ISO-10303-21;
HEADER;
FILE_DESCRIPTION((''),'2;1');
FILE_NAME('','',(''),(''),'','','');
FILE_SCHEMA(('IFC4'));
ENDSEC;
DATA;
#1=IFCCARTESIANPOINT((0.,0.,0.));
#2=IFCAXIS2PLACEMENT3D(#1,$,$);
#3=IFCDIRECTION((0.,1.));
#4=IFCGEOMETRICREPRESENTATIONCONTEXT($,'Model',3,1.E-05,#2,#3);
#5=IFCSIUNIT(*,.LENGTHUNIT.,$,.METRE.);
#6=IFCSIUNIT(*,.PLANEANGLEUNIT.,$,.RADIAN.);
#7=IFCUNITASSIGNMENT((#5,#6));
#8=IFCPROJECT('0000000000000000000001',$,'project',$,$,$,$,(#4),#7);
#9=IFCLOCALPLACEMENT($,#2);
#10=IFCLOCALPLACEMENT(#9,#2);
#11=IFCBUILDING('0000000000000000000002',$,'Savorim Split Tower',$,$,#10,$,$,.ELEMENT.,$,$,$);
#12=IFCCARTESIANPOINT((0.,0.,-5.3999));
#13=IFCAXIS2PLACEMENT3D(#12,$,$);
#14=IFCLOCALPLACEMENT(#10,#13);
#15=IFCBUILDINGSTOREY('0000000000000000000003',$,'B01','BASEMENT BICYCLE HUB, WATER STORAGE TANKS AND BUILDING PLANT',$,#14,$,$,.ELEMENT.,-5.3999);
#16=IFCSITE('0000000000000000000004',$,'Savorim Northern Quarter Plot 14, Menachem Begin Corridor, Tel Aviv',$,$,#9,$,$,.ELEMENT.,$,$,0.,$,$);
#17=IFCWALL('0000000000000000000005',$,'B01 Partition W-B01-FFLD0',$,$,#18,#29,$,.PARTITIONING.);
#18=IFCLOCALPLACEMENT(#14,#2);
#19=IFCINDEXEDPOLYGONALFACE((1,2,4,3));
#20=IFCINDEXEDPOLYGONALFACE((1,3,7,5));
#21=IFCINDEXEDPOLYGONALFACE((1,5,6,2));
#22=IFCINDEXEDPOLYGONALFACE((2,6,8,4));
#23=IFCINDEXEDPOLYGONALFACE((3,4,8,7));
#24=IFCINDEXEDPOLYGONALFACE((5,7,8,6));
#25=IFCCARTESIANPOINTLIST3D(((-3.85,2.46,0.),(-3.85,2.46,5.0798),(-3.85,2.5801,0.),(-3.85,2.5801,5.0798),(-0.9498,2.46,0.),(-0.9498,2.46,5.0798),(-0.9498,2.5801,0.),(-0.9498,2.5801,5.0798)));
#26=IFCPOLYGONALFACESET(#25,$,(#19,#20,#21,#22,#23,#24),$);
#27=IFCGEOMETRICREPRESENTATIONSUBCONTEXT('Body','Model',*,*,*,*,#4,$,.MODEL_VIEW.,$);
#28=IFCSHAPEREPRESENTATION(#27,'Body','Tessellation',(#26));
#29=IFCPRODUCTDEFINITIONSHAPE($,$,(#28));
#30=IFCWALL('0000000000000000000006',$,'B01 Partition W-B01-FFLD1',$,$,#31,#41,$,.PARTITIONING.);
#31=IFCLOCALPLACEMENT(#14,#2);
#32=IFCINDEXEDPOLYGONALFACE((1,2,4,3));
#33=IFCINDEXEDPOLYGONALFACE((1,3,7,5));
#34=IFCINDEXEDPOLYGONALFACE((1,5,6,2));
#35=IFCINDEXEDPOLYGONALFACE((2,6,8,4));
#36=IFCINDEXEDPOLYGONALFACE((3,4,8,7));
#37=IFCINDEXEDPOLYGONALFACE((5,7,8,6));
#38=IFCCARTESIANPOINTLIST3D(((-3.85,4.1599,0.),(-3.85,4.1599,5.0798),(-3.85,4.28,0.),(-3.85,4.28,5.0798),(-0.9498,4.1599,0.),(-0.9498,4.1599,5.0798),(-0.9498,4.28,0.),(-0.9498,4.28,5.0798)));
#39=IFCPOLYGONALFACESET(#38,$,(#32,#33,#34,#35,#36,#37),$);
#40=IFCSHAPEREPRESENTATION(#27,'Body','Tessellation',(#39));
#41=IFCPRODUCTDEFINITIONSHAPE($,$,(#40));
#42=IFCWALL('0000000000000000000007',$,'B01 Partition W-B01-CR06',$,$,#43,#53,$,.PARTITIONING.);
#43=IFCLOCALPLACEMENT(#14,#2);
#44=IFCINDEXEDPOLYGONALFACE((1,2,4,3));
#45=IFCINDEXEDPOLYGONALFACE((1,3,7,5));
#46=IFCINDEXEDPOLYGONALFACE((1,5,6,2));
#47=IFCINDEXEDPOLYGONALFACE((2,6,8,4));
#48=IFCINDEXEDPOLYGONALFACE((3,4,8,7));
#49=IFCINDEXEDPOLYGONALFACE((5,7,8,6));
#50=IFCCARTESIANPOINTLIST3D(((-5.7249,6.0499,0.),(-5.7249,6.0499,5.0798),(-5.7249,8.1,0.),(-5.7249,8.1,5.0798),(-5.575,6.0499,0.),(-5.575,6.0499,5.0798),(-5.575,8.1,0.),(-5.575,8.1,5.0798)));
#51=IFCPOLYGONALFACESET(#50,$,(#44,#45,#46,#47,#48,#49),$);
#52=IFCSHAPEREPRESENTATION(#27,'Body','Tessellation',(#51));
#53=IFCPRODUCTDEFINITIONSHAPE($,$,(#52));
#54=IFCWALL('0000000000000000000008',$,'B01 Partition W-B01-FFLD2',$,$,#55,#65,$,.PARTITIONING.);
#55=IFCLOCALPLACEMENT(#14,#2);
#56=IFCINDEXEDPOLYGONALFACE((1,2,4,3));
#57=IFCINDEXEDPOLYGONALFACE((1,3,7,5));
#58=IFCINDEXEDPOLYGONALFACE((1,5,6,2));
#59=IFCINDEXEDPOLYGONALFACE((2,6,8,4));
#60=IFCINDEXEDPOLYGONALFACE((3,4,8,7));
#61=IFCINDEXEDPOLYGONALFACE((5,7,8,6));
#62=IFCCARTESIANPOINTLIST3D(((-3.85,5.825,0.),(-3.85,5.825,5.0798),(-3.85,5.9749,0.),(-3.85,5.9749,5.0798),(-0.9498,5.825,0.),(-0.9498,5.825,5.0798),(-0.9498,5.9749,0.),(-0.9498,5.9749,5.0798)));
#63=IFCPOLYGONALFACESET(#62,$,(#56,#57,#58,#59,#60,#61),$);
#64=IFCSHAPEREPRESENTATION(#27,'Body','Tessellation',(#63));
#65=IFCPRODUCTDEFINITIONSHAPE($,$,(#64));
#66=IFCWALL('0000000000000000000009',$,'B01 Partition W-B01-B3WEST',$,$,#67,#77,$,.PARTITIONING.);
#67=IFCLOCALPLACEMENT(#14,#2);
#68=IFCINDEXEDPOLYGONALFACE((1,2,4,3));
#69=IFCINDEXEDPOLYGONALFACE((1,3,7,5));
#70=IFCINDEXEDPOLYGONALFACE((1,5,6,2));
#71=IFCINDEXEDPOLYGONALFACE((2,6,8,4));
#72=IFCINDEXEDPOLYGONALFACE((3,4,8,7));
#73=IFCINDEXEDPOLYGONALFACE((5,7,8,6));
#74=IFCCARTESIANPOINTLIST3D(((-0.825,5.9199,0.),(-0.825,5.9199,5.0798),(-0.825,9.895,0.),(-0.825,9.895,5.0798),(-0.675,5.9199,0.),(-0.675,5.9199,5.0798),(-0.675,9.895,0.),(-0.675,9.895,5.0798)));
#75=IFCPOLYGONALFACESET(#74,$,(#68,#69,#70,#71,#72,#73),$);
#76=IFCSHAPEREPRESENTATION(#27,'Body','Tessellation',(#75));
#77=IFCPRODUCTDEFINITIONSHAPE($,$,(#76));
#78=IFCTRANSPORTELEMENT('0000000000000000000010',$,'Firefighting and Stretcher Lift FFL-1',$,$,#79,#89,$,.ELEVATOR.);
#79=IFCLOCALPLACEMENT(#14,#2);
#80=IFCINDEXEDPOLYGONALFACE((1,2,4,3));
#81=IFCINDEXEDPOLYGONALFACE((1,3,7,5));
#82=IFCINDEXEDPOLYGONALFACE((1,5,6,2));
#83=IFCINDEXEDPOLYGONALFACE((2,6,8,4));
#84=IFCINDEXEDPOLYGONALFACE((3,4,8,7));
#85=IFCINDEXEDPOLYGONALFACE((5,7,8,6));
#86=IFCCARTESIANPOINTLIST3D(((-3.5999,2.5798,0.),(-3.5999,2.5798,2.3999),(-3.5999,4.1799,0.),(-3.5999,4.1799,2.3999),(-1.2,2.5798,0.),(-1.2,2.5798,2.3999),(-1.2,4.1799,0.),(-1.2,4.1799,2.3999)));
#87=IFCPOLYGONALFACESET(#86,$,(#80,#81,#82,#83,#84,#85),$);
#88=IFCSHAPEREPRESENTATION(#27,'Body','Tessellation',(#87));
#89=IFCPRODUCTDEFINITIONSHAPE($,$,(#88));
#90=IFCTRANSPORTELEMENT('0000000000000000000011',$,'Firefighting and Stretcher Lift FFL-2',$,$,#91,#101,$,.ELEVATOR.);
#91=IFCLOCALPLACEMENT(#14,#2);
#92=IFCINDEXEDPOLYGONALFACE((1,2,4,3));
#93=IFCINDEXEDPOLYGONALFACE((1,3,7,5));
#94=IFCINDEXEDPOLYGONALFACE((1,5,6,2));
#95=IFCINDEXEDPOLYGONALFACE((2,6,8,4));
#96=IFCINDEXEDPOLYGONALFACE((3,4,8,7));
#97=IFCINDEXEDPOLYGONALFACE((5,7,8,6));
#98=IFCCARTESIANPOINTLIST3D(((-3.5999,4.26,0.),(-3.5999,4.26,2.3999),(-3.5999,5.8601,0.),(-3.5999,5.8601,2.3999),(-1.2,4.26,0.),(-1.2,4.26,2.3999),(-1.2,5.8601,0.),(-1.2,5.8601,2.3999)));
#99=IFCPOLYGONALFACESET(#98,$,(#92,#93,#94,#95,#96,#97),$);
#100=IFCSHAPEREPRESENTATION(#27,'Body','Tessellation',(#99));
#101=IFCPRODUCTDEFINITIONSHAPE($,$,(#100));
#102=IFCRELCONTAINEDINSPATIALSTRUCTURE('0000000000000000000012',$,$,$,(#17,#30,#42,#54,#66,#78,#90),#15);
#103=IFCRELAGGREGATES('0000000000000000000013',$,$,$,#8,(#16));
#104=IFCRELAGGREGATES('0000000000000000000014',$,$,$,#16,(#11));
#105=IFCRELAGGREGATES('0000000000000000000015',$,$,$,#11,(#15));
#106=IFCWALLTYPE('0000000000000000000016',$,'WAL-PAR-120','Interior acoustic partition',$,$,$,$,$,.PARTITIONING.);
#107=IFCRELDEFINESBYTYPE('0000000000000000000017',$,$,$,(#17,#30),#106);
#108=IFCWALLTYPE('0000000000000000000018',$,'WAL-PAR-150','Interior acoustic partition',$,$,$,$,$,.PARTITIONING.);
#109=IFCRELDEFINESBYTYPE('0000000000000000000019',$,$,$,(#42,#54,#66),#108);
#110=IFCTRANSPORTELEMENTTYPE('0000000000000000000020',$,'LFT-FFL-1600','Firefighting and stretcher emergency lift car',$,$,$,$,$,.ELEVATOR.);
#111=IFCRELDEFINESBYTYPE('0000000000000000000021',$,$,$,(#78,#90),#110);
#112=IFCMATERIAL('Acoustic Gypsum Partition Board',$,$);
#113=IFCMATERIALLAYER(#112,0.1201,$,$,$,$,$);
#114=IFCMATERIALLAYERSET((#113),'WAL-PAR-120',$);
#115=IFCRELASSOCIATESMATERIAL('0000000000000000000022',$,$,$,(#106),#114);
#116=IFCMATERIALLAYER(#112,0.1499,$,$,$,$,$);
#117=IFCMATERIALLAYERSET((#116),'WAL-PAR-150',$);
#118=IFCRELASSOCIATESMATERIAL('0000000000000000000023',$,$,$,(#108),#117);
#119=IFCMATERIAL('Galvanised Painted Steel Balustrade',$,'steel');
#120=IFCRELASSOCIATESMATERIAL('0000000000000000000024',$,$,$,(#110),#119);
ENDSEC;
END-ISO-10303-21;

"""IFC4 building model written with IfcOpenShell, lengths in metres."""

from ifc_helpers import new_model, si_unit, direction, frame, frame_2d, origin, origin_2d, place, context, subcontext, project, spatial, rectangle, extrude, material, layer, layer_set, type_object, element, save


model = new_model("IFC4")

# Units and contexts
model_context = context("Model", 3, precision=1e-05, world=origin(), true_north=direction((0.0, 1.0)))
body_context = subcontext(model_context, "Body", "Model", "MODEL_VIEW")
ifc_project = project(units=[si_unit("LENGTHUNIT", "METRE"), si_unit("PLANEANGLEUNIT", "RADIAN")], contexts=[model_context])

# Site, building, storey
site_placement = place(None, origin())
site = spatial("IfcSite", under=ifc_project, at=site_placement, Name="Savorim Northern Quarter Plot 14, Menachem Begin Corridor, Tel Aviv", CompositionType="ELEMENT", RefElevation=0.0)
building_placement = place(site_placement, origin())
building = spatial("IfcBuilding", under=site, at=building_placement, Name="Savorim Split Tower", CompositionType="ELEMENT")
storey_placement = place(building_placement, frame((0.0, 0.0, -5.3999)))
storey = spatial("IfcBuildingStorey", under=building, at=storey_placement, Name="B01", Description="BASEMENT BICYCLE HUB, WATER STORAGE TANKS AND BUILDING PLANT", CompositionType="ELEMENT", Elevation=-5.3999)

# Shared definitions
ifc_material_1 = material(Name="Galvanised Painted Steel Balustrade", Category="steel")

# Walls
ifc_material_2 = material(Name="Acoustic Gypsum Partition Board")
ifc_layer_1 = layer(ifc_material_2, 0.1201)
ifc_layer_set_1 = layer_set([ifc_layer_1], Name="WAL-PAR-120")
wall_type_1 = type_object("IfcWallType", Name="WAL-PAR-120", Description="Interior acoustic partition", PredefinedType="PARTITIONING", material=ifc_layer_set_1)
for number, where, z_axis, x_axis, name in (
    (1, (-3.8501, 2.52, 0.0), (0.0, 0.0, 1.0), (1.0, 0.0, 0.0), "B01 Partition W-B01-FFLD0"),
    (2, (-3.8501, 4.22, 0.0), (0.0, 0.0, 1.0), (1.0, 0.0, 0.0), "B01 Partition W-B01-FFLD1"),
):
    element("IfcWall", number, at=place(storey_placement, frame(where, z_axis=z_axis, x_axis=x_axis)), inside=storey, type_object=wall_type_1, Name=name, PredefinedType="PARTITIONING", context=body_context, shape_type="SweptSolid", body=[
        extrude(rectangle(XDim=2.9001, YDim=0.1201, at=frame_2d((1.4502, 0.0))), origin(), (0.0, 0.0, 1.0), 5.0798),
    ])
ifc_layer_2 = layer(ifc_material_2, 0.1499)
ifc_layer_set_2 = layer_set([ifc_layer_2], Name="WAL-PAR-150")
wall_type_2 = type_object("IfcWallType", Name="WAL-PAR-150", Description="Interior acoustic partition", PredefinedType="PARTITIONING", material=ifc_layer_set_2)
wall_1_placement = place(storey_placement, frame((-5.6499, 6.05, 0.0), z_axis=(0.0, 0.0, 1.0), x_axis=(0.0, 1.0, 0.0)))
element("IfcWall", 3, at=wall_1_placement, inside=storey, type_object=wall_type_2, Name="B01 Partition W-B01-CR06", PredefinedType="PARTITIONING", context=body_context, shape_type="SweptSolid", body=[
    extrude(rectangle(XDim=2.05, YDim=0.1499, at=frame_2d((1.0249, 0.0))), origin(), (0.0, 0.0, 1.0), 5.0798),
])
wall_2_placement = place(storey_placement, frame((-3.8501, 5.8999, 0.0), z_axis=(0.0, 0.0, 1.0), x_axis=(1.0, 0.0, 0.0)))
element("IfcWall", 4, at=wall_2_placement, inside=storey, type_object=wall_type_2, Name="B01 Partition W-B01-FFLD2", PredefinedType="PARTITIONING", context=body_context, shape_type="SweptSolid", body=[
    extrude(rectangle(XDim=2.9001, YDim=0.1499, at=frame_2d((1.4502, 0.0))), origin(), (0.0, 0.0, 1.0), 5.0798),
])
wall_3_placement = place(storey_placement, frame((-0.75, 5.9199, 0.0), z_axis=(0.0, 0.0, 1.0), x_axis=(0.0, 1.0, 0.0)))
element("IfcWall", 5, at=wall_3_placement, inside=storey, type_object=wall_type_2, Name="B01 Partition W-B01-B3WEST", PredefinedType="PARTITIONING", context=body_context, shape_type="SweptSolid", body=[
    extrude(rectangle(XDim=3.9751, YDim=0.1499, at=frame_2d((1.9875, 0.0))), origin(), (0.0, 0.0, 1.0), 5.0798),
])

# Transport elements
transport_element_type = type_object("IfcTransportElementType", Name="LFT-FFL-1600", Description="Firefighting and stretcher emergency lift car", PredefinedType="ELEVATOR", material=ifc_material_1)
for number, where, z_axis, x_axis, name in (
    (6, (-2.3999, 3.3799, 0.0), (0.0, 0.0, 1.0), (1.0, 0.0, 0.0), "Firefighting and Stretcher Lift FFL-1"),
    (7, (-2.3999, 5.0601, 0.0), (0.0, 0.0, 1.0), (1.0, 0.0, 0.0), "Firefighting and Stretcher Lift FFL-2"),
):
    element("IfcTransportElement", number, at=place(storey_placement, frame(where, z_axis=z_axis, x_axis=x_axis)), inside=storey, type_object=transport_element_type, Name=name, PredefinedType="ELEVATOR", context=body_context, shape_type="SweptSolid", body=[
        extrude(rectangle(XDim=2.3999, YDim=1.6001, at=origin_2d()), origin(), (0.0, 0.0, 1.0), 2.3999),
    ])

save(model, "model.ifc")
